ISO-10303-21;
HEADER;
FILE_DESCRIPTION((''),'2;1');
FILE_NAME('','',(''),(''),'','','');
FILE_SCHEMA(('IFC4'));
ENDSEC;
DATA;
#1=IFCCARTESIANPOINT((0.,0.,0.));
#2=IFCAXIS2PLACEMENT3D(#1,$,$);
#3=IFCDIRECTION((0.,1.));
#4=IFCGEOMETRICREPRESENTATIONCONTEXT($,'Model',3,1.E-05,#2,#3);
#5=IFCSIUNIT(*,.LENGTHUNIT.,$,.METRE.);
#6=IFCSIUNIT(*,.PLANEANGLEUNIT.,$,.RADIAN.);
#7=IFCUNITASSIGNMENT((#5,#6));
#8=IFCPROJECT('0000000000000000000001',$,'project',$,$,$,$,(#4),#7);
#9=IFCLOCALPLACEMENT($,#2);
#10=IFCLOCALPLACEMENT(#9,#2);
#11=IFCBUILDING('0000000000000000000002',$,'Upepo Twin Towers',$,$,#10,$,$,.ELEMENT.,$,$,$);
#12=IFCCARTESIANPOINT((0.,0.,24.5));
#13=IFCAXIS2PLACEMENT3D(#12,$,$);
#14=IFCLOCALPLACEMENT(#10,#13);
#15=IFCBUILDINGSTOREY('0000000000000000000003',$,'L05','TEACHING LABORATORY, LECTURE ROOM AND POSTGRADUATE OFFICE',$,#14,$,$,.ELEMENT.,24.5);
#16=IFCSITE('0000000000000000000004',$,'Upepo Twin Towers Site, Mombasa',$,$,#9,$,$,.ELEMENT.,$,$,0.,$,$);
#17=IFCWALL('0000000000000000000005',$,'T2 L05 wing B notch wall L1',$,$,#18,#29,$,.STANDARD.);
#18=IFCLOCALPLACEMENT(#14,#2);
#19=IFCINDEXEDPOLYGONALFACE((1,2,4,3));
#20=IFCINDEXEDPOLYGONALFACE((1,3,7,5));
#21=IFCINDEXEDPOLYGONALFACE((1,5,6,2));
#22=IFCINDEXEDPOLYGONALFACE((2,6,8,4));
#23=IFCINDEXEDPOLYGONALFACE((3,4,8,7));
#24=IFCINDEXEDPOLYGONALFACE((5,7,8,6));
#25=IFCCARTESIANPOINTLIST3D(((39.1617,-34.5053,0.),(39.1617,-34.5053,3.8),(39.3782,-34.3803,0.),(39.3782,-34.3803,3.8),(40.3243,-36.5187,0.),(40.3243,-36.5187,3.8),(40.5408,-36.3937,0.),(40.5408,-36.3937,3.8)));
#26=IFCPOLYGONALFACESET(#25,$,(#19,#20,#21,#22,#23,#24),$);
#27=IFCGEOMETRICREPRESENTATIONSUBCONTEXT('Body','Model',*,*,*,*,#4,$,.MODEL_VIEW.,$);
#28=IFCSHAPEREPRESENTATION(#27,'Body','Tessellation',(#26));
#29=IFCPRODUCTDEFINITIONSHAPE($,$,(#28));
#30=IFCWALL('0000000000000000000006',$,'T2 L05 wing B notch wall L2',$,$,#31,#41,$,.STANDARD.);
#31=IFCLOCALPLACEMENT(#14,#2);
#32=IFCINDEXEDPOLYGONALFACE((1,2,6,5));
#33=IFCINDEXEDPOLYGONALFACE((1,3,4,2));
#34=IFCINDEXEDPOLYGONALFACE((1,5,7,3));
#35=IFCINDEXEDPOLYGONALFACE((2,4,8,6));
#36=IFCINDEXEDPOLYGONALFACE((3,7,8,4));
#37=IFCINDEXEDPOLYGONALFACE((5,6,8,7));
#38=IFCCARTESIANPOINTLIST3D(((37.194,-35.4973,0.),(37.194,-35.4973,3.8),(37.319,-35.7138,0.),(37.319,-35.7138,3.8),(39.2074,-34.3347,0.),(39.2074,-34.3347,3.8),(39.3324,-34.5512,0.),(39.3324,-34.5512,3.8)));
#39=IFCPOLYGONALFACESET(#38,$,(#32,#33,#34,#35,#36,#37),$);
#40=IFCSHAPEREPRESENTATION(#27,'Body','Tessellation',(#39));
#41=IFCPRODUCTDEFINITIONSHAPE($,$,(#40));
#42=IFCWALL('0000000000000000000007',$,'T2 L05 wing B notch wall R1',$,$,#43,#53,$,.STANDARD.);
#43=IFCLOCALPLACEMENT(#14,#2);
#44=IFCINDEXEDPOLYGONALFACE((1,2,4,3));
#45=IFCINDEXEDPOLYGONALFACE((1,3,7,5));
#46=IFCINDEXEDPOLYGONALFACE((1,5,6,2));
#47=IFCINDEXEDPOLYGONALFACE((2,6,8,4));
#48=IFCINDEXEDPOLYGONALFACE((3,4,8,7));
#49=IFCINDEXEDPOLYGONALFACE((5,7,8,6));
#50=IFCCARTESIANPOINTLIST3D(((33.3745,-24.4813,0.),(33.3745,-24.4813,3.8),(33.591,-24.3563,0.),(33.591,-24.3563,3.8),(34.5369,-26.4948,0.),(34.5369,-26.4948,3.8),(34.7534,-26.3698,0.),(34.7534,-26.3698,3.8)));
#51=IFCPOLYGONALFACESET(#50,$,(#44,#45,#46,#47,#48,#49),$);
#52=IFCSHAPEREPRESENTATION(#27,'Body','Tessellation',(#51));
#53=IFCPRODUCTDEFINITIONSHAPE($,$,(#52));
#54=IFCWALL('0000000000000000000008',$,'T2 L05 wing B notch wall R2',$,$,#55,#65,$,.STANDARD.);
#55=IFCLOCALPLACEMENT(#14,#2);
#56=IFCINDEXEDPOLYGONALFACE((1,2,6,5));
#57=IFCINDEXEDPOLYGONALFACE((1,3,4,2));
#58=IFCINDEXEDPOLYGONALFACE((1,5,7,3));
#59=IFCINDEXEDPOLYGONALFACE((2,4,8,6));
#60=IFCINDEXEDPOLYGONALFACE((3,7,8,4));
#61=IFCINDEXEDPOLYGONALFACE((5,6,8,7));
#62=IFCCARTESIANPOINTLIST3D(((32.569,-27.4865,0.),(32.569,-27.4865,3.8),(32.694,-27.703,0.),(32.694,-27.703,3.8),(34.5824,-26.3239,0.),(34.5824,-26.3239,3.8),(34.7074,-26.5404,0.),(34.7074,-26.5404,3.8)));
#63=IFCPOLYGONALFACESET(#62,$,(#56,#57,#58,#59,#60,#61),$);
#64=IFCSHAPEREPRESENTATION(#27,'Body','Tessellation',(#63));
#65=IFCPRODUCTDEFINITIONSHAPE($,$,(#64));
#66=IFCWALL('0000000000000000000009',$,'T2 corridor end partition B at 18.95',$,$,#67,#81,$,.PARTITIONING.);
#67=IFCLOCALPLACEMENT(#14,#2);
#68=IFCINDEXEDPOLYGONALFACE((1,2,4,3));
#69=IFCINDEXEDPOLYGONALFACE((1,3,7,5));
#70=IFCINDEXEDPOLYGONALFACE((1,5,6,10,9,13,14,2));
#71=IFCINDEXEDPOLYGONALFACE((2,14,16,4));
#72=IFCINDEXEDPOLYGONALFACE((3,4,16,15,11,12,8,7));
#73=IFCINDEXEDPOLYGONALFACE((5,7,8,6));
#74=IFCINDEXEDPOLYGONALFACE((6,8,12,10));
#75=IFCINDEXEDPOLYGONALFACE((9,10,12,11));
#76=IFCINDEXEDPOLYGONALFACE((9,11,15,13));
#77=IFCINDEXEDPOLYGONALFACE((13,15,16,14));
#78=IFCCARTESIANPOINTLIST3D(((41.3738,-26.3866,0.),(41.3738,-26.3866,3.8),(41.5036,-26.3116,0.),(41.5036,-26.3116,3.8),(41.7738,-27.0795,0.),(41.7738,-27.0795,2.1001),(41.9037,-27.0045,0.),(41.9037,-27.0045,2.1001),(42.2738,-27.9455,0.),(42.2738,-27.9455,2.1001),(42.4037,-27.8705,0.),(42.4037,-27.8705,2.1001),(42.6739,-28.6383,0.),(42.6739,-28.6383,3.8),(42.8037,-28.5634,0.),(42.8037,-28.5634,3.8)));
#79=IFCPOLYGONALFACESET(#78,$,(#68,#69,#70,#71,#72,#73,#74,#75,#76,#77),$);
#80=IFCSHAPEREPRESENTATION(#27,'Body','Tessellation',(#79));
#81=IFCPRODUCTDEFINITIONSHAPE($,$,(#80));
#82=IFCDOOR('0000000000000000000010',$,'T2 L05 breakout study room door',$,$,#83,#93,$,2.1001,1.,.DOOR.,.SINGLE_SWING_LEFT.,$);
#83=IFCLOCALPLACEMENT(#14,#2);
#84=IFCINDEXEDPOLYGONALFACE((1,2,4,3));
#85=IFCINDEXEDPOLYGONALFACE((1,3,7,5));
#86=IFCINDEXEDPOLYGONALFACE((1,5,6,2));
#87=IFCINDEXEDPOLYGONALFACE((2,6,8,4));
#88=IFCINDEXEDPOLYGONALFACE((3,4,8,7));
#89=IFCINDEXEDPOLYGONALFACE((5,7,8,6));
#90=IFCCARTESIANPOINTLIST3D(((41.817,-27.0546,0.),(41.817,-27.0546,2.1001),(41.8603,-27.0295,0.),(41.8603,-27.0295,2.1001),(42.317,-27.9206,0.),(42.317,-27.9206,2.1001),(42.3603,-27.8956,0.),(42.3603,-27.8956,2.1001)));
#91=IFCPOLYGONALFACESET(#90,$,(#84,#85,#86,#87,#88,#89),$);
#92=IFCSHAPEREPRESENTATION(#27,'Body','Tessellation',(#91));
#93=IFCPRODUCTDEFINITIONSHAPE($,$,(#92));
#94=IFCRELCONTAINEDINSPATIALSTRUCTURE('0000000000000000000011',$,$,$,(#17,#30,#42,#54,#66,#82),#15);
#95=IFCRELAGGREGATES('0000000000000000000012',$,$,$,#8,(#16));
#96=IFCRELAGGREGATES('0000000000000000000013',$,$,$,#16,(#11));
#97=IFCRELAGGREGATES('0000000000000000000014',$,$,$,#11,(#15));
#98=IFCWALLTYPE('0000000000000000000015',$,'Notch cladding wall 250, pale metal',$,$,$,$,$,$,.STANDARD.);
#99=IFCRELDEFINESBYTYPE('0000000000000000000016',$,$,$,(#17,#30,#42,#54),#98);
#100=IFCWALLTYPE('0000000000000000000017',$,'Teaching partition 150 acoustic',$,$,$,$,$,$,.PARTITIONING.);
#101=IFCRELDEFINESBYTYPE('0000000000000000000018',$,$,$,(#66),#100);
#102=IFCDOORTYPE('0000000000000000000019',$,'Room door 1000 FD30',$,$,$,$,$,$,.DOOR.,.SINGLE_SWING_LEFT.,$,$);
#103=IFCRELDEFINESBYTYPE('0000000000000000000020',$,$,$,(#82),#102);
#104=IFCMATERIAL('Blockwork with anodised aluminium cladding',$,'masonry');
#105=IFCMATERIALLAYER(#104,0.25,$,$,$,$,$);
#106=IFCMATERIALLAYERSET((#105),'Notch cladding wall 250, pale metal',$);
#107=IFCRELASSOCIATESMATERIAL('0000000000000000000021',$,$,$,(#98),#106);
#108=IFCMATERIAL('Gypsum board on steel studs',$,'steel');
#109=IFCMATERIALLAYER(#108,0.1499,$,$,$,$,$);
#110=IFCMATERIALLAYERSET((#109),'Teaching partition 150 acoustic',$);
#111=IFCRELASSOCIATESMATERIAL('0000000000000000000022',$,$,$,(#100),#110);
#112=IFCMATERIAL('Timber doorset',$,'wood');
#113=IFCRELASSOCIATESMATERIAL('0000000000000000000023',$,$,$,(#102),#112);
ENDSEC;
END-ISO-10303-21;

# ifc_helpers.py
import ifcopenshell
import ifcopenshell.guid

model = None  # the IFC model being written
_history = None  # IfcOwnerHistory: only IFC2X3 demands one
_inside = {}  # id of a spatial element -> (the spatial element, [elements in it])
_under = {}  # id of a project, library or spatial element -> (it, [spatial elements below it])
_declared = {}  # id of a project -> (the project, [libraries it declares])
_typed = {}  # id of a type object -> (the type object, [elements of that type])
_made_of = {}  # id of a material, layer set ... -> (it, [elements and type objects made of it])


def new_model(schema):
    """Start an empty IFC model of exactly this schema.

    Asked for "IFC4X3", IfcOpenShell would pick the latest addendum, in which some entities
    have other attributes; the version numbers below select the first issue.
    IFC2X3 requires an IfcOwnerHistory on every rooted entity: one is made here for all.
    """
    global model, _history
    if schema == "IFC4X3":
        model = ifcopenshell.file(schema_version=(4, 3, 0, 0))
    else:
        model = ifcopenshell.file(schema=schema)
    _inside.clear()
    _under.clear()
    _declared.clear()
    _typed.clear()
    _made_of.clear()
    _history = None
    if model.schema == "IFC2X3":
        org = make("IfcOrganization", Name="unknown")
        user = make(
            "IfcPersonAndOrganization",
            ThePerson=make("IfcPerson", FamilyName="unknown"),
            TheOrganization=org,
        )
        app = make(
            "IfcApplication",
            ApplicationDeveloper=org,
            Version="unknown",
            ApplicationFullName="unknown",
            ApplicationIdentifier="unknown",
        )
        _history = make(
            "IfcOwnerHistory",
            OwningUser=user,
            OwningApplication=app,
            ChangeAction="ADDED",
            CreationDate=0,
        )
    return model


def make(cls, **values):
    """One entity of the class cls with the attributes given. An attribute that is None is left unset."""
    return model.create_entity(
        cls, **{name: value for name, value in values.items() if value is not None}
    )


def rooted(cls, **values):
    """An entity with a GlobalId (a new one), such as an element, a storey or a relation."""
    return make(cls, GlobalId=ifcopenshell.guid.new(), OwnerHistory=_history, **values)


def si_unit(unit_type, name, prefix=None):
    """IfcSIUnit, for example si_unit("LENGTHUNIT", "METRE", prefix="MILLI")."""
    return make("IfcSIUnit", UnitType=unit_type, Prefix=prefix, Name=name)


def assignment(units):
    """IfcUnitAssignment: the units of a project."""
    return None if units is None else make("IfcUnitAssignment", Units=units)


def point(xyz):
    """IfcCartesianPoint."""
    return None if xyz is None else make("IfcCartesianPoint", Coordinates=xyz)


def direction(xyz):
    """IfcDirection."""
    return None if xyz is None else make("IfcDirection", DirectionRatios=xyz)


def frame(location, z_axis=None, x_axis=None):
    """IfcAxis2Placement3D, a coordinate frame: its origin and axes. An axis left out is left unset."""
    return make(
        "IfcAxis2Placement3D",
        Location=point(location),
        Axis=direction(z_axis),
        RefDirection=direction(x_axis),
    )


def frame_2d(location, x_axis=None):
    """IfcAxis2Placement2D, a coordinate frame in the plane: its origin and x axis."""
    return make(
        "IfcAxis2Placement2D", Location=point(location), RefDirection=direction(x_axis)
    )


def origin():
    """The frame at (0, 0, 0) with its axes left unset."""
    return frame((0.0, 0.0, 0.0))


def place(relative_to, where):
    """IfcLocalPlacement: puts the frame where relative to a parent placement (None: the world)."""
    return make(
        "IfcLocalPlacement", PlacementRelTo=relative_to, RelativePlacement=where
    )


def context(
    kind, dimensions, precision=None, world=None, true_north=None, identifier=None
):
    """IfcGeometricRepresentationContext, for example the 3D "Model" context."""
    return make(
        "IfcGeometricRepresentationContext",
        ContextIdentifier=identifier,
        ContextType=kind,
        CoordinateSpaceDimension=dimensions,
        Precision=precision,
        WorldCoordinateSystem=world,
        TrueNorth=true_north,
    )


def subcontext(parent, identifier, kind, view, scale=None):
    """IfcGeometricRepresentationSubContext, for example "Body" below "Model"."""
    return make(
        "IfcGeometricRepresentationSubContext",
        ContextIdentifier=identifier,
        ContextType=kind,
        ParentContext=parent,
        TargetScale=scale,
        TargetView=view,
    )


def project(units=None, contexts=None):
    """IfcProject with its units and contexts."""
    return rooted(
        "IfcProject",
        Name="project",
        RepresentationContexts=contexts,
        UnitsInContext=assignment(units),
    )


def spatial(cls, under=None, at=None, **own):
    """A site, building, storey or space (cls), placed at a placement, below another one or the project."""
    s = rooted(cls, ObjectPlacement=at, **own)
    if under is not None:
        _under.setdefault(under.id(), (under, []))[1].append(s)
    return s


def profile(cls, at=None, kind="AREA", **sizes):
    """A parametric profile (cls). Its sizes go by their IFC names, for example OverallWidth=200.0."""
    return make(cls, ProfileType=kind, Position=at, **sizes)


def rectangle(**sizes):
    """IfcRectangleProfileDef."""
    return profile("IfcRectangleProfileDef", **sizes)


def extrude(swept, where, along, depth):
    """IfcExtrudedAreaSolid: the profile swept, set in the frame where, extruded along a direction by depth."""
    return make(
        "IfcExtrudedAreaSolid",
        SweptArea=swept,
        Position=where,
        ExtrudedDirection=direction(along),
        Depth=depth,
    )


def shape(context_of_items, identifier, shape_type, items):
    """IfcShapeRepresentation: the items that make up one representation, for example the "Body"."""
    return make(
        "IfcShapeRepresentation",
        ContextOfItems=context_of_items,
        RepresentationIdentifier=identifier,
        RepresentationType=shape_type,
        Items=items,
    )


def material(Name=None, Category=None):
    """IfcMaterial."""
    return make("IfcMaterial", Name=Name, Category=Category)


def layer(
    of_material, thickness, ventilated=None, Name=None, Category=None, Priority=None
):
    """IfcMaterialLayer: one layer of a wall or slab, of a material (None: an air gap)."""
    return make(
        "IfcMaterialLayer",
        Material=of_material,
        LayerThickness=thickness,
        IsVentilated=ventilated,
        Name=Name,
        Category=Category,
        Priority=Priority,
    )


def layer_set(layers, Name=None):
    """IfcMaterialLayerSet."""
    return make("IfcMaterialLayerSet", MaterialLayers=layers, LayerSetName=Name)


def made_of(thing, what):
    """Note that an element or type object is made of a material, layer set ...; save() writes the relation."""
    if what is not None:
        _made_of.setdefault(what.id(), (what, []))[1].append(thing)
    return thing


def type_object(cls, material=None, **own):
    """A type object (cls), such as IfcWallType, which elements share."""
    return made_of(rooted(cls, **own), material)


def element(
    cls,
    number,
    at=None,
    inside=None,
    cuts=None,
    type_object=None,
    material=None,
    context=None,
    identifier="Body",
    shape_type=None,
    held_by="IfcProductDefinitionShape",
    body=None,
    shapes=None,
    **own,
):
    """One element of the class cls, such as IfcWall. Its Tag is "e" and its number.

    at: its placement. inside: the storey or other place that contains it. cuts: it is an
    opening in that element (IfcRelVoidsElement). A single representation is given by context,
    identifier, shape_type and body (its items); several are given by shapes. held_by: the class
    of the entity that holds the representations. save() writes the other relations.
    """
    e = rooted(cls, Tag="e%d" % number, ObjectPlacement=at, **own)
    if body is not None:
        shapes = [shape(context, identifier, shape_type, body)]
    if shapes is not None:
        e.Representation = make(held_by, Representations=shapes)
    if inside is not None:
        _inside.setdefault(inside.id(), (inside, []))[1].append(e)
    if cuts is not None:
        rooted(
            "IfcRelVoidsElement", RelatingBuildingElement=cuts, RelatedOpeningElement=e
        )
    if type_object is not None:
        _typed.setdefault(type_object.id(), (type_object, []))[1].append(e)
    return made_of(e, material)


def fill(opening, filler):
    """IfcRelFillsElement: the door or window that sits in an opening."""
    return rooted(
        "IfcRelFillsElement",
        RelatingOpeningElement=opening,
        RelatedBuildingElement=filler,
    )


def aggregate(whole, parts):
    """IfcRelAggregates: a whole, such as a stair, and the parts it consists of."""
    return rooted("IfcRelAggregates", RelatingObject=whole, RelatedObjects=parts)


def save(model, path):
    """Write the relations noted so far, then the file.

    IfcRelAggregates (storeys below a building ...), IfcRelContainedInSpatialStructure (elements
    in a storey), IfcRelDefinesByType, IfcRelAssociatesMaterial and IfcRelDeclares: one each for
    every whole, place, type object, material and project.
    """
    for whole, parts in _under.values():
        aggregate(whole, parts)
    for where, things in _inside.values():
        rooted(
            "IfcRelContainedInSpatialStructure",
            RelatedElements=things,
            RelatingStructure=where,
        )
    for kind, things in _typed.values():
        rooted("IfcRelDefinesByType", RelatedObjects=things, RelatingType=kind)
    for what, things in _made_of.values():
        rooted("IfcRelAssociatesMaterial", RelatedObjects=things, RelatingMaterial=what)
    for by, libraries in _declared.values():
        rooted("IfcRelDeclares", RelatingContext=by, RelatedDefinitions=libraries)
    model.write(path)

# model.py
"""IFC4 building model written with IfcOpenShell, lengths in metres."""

from ifc_helpers import new_model, si_unit, direction, frame, frame_2d, origin, place, context, subcontext, project, spatial, rectangle, extrude, material, layer, layer_set, type_object, element, fill, save


model = new_model("IFC4")

# Units and contexts
model_context = context("Model", 3, precision=1e-05, world=origin(), true_north=direction((0.0, 1.0)))
body_context = subcontext(model_context, "Body", "Model", "MODEL_VIEW")
ifc_project = project(units=[si_unit("LENGTHUNIT", "METRE"), si_unit("PLANEANGLEUNIT", "RADIAN")], contexts=[model_context])

# Site, building, storey
site_placement = place(None, origin())
site = spatial("IfcSite", under=ifc_project, at=site_placement, Name="Upepo Twin Towers Site, Mombasa", CompositionType="ELEMENT", RefElevation=0.0)
building_placement = place(site_placement, origin())
building = spatial("IfcBuilding", under=site, at=building_placement, Name="Upepo Twin Towers", CompositionType="ELEMENT")
storey_placement = place(building_placement, frame((0.0, 0.0, 24.5)))
storey = spatial("IfcBuildingStorey", under=building, at=storey_placement, Name="L05", Description="TEACHING LABORATORY, LECTURE ROOM AND POSTGRADUATE OFFICE", CompositionType="ELEMENT", Elevation=24.5)

# Walls
ifc_material_1 = material(Name="Blockwork with anodised aluminium cladding", Category="masonry")
ifc_layer_1 = layer(ifc_material_1, 0.25)
ifc_layer_set_1 = layer_set([ifc_layer_1], Name="Notch cladding wall 250, pale metal")
wall_type_1 = type_object("IfcWallType", Name="Notch cladding wall 250, pale metal", PredefinedType="STANDARD", material=ifc_layer_set_1)
for number, where, z_axis, x_axis, name in (
    (1, (40.4326, -36.4563, 0.0), (0.0, 0.0, 1.0), (-0.500047, 0.865998, 0.0), "T2 L05 wing B notch wall L1"),
    (2, (39.27, -34.4429, 0.0), (0.0, 0.0, 1.0), (-0.865998, -0.500047, 0.0), "T2 L05 wing B notch wall L2"),
    (3, (33.4827, -24.4187, 0.0), (0.0, 0.0, 1.0), (0.499968, -0.866044, 0.0), "T2 L05 wing B notch wall R1"),
    (4, (34.645, -26.4321, 0.0), (0.0, 0.0, 1.0), (-0.865998, -0.500047, 0.0), "T2 L05 wing B notch wall R2"),
):
    element("IfcWall", number, at=place(storey_placement, frame(where, z_axis=z_axis, x_axis=x_axis)), inside=storey, type_object=wall_type_1, Name=name, PredefinedType="STANDARD", context=body_context, shape_type="SweptSolid", body=[
        extrude(rectangle(XDim=2.325, YDim=0.25, at=frame_2d((1.1626, 0.0))), origin(), (0.0, 0.0, 1.0), 3.8),
    ])

# Wall, opening, door
ifc_material_2 = material(Name="Gypsum board on steel studs", Category="steel")
ifc_layer_2 = layer(ifc_material_2, 0.1499)
ifc_layer_set_2 = layer_set([ifc_layer_2], Name="Teaching partition 150 acoustic")
wall_type_2 = type_object("IfcWallType", Name="Teaching partition 150 acoustic", PredefinedType="PARTITIONING", material=ifc_layer_set_2)
wall_placement = place(storey_placement, frame((41.4387, -26.3491, 0.0), z_axis=(0.0, 0.0, 1.0), x_axis=(0.500007, -0.866021, 0.0)))
wall = element("IfcWall", 5, at=wall_placement, inside=storey, type_object=wall_type_2, Name="T2 corridor end partition B at 18.95", PredefinedType="PARTITIONING", context=body_context, shape_type="SweptSolid", body=[
    extrude(rectangle(XDim=2.6001, YDim=0.1499, at=frame_2d((1.3, 0.0))), origin(), (0.0, 0.0, 1.0), 3.8),
])
opening_placement = place(wall_placement, frame((0.8, 0.0, 0.0)))
opening = element("IfcOpeningElement", 6, at=opening_placement, cuts=wall, PredefinedType="OPENING", context=body_context, shape_type="SweptSolid", body=[
    extrude(rectangle(XDim=1.0, YDim=2.1001, at=frame_2d((0.5, 1.05))), frame((0.0, 0.085, 0.0), z_axis=(0.0, -1.0, 0.0), x_axis=(1.0, 0.0, 0.0)), (0.0, 0.0, 1.0), 0.1699),
])
ifc_material_3 = material(Name="Timber doorset", Category="wood")
door_type = type_object("IfcDoorType", Name="Room door 1000 FD30", OperationType="SINGLE_SWING_LEFT", PredefinedType="DOOR", material=ifc_material_3)
door_placement = place(opening_placement, origin())
door = element("IfcDoor", 7, at=door_placement, inside=storey, type_object=door_type, Name="T2 L05 breakout study room door", OperationType="SINGLE_SWING_LEFT", OverallHeight=2.1001, OverallWidth=1.0, PredefinedType="DOOR", context=body_context, shape_type="SweptSolid", body=[
    extrude(rectangle(XDim=1.0, YDim=2.1001, at=frame_2d((0.5, 1.05))), frame((0.0, 0.0249, 0.0), z_axis=(0.0, -1.0, 0.0), x_axis=(1.0, 0.0, 0.0)), (0.0, 0.0, 1.0), 0.05),
])
fill(opening, door)

save(model, "model.ifc")
